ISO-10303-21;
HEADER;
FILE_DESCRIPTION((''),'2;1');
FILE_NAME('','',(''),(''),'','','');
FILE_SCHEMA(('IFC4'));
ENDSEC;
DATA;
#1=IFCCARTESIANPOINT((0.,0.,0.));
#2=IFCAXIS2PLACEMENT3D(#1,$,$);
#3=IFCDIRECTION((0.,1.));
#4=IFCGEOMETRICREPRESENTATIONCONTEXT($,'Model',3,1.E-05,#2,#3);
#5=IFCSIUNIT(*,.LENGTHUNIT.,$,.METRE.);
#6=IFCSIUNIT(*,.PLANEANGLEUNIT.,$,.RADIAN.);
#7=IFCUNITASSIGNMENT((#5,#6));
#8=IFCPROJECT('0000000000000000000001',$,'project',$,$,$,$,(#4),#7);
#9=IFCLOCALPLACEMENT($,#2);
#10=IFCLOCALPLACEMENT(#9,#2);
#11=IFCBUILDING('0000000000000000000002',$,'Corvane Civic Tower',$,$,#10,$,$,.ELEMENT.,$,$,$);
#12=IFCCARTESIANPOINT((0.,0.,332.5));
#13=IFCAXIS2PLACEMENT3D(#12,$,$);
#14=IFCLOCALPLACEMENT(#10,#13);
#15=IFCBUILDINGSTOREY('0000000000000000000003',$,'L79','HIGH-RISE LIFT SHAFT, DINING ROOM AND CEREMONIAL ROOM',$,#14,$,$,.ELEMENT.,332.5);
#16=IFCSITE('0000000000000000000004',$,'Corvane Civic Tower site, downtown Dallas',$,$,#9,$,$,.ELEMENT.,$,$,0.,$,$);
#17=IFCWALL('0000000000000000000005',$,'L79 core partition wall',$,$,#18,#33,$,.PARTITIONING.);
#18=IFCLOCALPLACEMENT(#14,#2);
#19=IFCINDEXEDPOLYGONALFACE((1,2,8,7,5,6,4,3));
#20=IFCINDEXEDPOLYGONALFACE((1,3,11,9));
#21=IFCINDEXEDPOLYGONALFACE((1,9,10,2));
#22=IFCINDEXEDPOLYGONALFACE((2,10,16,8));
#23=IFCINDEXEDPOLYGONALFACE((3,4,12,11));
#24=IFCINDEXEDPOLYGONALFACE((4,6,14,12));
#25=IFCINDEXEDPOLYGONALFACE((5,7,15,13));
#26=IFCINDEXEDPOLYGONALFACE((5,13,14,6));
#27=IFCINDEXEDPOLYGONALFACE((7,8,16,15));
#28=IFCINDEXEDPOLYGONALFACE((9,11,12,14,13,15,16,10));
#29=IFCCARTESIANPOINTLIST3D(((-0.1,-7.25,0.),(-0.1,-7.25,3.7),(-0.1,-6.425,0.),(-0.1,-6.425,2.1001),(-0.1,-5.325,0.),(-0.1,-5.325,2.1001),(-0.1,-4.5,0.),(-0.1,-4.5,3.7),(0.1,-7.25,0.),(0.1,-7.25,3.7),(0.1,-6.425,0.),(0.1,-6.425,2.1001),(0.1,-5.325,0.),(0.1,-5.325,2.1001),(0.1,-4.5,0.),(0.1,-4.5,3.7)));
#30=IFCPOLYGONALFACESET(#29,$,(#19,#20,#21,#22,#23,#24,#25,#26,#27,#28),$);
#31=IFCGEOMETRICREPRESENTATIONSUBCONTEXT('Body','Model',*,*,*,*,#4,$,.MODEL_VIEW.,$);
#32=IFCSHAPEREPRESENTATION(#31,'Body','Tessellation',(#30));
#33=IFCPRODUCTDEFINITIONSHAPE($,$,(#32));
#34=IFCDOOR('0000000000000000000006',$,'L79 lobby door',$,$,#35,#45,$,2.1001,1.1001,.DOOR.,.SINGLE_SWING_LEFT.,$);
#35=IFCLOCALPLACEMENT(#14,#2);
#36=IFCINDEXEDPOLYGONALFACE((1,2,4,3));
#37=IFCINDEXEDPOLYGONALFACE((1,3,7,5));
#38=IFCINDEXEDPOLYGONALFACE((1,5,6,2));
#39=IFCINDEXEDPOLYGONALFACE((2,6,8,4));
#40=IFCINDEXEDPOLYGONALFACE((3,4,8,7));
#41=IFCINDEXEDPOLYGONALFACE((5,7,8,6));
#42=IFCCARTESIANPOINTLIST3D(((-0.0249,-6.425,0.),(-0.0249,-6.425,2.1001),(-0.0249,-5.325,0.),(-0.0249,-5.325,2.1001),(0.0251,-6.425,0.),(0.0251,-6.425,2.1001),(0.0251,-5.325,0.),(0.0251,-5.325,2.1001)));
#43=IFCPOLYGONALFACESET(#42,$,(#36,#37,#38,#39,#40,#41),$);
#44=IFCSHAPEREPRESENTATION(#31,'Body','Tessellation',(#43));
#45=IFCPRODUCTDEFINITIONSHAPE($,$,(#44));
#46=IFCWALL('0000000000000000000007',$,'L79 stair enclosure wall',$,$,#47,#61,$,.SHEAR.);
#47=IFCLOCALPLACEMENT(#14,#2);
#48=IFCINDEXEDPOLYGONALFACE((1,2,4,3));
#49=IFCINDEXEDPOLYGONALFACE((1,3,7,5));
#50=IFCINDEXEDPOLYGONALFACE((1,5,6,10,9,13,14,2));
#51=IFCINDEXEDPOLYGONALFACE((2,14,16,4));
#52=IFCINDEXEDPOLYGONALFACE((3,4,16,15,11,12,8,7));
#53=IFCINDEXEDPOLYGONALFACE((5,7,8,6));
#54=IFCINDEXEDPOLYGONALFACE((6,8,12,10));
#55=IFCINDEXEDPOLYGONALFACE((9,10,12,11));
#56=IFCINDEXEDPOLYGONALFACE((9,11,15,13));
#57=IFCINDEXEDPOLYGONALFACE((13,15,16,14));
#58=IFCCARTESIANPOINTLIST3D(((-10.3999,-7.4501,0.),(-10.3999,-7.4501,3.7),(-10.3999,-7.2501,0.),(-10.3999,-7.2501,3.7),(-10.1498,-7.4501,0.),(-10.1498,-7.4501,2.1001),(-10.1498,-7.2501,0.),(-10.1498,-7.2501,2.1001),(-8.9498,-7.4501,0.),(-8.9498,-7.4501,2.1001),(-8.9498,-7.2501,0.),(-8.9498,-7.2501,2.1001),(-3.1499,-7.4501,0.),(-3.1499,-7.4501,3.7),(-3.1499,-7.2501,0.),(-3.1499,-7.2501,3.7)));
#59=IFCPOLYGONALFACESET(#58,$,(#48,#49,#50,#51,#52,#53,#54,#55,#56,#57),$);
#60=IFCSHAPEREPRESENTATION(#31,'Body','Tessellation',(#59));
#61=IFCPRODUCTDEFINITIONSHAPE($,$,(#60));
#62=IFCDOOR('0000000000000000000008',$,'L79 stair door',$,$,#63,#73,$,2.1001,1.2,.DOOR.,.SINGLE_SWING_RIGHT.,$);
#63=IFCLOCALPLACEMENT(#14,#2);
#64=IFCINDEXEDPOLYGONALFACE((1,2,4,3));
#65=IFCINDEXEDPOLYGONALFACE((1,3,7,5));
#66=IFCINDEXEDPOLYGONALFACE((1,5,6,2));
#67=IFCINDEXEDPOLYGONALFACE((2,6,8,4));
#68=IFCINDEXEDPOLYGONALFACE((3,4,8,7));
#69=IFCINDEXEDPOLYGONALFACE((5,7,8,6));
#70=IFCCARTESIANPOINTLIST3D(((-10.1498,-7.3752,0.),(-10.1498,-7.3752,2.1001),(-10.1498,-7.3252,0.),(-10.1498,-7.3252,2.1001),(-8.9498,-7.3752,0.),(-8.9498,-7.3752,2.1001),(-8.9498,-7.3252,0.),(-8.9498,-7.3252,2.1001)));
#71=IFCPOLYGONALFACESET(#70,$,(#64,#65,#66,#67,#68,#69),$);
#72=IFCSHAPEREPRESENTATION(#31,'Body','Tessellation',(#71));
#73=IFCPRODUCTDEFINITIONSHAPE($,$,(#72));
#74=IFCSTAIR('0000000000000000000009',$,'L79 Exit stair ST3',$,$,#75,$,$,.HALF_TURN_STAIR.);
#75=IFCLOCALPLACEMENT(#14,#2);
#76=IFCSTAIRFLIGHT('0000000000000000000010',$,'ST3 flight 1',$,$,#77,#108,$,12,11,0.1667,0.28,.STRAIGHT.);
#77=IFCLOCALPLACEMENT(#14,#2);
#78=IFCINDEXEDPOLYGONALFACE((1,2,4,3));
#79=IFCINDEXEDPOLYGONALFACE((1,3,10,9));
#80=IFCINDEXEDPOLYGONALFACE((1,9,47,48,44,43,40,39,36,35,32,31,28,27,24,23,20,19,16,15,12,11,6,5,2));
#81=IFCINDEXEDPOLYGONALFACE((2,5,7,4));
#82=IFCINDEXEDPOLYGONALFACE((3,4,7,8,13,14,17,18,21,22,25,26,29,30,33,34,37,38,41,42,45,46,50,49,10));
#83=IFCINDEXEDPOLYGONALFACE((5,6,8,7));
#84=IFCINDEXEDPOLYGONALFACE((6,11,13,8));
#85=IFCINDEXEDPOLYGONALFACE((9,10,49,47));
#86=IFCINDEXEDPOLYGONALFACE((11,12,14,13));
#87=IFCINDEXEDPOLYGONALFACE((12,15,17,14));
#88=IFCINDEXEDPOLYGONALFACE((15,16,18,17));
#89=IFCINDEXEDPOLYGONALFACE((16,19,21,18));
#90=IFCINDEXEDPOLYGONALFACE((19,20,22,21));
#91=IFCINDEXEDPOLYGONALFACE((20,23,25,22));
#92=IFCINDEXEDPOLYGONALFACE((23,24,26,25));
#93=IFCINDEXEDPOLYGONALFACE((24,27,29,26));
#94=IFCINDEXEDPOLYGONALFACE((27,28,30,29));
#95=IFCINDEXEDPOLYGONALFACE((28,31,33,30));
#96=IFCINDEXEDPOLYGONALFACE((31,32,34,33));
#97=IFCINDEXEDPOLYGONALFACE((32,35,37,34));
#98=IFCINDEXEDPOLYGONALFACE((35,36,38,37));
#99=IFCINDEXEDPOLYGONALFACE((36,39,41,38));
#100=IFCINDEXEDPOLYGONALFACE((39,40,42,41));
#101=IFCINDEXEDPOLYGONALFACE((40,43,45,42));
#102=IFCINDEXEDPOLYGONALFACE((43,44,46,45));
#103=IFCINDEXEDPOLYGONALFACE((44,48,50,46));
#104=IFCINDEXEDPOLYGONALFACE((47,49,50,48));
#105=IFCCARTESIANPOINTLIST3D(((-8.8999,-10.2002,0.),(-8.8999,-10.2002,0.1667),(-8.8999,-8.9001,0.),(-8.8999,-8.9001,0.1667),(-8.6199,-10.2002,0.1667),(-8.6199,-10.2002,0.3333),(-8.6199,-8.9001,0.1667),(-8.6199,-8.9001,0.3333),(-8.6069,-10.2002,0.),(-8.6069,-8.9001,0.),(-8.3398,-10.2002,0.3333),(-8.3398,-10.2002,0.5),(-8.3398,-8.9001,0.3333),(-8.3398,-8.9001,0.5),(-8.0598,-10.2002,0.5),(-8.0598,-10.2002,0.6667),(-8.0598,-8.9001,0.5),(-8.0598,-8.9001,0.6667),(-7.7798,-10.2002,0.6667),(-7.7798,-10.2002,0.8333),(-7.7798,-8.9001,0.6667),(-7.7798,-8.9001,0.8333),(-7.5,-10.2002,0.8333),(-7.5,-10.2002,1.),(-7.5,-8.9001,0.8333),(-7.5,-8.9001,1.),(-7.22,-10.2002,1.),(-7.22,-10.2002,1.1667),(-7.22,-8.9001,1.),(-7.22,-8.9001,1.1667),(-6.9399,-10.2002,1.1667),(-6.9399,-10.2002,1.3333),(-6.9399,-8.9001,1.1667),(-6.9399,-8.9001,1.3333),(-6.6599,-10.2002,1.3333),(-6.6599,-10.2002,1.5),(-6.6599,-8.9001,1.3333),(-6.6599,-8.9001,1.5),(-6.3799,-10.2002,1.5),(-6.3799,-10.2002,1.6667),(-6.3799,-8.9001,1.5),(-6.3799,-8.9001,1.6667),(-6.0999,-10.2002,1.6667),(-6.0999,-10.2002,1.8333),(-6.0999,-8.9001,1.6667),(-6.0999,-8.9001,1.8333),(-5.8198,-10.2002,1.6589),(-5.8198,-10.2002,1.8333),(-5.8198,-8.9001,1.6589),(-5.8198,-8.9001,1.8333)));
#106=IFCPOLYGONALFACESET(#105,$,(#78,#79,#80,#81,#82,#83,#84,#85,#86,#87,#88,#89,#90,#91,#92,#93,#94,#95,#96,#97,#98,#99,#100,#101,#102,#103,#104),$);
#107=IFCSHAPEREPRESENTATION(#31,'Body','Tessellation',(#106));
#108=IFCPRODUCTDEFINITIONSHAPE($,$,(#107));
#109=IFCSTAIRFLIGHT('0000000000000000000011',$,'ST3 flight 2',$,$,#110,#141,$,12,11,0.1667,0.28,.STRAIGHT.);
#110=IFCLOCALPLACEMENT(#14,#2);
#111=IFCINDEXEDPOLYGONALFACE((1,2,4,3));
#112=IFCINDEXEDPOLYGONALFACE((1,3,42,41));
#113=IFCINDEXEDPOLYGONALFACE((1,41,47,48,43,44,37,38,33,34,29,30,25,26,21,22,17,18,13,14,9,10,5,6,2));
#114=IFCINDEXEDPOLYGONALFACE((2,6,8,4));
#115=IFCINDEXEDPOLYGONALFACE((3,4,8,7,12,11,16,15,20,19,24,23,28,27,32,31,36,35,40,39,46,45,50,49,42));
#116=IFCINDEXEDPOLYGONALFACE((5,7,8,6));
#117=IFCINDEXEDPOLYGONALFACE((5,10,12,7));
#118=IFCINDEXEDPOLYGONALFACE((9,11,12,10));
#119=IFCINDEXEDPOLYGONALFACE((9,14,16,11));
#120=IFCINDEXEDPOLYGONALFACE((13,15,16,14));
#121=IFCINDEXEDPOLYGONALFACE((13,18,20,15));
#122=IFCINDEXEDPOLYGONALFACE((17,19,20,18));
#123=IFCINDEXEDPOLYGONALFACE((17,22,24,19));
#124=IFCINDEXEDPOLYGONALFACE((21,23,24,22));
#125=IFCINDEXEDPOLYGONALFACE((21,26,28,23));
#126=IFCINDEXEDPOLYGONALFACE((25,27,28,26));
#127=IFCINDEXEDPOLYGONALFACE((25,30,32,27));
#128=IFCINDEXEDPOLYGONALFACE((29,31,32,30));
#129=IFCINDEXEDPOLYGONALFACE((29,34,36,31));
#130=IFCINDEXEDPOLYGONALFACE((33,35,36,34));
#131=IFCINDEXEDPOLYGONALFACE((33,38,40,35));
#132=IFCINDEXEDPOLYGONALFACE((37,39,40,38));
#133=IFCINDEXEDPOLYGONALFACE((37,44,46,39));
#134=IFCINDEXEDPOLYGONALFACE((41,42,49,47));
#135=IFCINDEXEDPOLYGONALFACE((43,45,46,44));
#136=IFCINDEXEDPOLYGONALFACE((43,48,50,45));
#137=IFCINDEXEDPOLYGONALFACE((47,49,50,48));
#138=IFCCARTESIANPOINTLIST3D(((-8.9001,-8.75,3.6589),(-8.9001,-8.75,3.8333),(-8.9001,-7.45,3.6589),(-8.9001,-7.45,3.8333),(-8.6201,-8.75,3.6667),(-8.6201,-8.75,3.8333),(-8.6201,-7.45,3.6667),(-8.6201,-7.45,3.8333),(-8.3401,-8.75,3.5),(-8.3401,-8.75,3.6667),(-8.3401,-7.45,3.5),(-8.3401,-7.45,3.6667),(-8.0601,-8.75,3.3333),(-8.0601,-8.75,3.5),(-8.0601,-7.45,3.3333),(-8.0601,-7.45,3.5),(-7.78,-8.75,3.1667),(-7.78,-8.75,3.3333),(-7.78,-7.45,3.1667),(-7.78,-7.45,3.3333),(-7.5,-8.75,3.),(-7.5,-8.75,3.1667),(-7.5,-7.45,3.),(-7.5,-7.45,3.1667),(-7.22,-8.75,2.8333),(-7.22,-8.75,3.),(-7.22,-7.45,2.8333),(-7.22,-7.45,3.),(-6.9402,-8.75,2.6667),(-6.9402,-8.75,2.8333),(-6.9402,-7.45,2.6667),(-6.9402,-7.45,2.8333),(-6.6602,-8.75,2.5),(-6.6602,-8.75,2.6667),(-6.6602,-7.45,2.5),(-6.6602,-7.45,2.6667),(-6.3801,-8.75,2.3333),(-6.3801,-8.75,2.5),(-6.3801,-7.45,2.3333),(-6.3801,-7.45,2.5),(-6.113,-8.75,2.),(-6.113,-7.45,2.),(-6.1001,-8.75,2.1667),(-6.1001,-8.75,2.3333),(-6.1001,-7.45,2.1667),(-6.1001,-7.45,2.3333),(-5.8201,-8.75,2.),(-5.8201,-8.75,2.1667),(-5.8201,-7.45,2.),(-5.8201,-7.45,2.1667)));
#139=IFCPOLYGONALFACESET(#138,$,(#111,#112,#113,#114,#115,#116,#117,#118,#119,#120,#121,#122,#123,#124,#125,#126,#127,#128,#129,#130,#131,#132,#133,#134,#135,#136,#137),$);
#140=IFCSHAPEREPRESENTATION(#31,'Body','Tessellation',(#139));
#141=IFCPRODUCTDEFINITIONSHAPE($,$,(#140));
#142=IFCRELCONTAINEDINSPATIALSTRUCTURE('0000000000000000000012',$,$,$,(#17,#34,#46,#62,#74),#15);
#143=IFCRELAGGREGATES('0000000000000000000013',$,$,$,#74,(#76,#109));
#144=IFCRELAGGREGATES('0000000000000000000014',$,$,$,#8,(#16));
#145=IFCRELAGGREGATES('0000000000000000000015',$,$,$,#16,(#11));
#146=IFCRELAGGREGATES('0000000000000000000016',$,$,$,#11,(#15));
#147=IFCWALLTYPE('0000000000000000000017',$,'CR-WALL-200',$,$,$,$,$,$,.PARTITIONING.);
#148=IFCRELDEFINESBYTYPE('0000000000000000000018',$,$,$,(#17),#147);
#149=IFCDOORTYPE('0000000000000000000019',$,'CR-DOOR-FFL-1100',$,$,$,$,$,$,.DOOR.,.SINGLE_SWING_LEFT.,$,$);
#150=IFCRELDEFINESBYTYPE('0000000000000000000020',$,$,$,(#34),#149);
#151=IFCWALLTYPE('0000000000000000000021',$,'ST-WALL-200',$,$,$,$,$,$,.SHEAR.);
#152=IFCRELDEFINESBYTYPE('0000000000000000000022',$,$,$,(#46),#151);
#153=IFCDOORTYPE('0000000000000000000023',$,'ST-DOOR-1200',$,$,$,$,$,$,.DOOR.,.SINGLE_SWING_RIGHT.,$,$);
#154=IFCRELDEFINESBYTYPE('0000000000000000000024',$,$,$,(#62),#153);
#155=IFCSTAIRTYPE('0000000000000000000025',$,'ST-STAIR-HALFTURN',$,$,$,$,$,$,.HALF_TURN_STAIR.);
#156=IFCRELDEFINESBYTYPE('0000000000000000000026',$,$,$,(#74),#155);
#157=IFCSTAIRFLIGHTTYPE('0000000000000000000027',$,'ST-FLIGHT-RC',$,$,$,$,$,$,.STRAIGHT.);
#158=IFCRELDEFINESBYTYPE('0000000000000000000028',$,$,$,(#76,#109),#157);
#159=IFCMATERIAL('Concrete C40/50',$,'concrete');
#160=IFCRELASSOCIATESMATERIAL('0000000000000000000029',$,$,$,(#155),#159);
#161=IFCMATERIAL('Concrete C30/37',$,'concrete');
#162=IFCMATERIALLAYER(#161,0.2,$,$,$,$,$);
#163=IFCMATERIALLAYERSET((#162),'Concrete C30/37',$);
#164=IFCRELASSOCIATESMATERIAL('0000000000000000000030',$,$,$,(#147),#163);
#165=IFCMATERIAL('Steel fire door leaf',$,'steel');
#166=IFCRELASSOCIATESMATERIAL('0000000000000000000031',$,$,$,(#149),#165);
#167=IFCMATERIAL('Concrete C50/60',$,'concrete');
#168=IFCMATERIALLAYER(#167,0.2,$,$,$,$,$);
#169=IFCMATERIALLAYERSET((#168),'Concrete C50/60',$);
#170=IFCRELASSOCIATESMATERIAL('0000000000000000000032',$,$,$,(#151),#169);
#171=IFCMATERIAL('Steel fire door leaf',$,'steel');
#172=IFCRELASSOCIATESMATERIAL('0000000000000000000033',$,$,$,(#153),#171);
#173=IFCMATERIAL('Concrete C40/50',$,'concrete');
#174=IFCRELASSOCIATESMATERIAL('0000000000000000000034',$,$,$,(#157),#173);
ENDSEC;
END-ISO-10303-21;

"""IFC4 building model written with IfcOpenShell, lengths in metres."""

from ifc_helpers import new_model, si_unit, direction, frame, frame_2d, origin, place, context, subcontext, project, spatial, polyline, rectangle, outline, extrude, material, layer, layer_set, type_object, element, fill, aggregate, save


model = new_model("IFC4")

# Units and contexts
model_context = context("Model", 3, precision=1e-05, world=origin(), true_north=direction((0.0, 1.0)))
body_context = subcontext(model_context, "Body", "Model", "MODEL_VIEW")
ifc_project = project(units=[si_unit("LENGTHUNIT", "METRE"), si_unit("PLANEANGLEUNIT", "RADIAN")], contexts=[model_context])

# Site, building, storey
site_placement = place(None, origin())
site = spatial("IfcSite", under=ifc_project, at=site_placement, Name="Corvane Civic Tower site, downtown Dallas", CompositionType="ELEMENT", RefElevation=0.0)
building_placement = place(site_placement, origin())
building = spatial("IfcBuilding", under=site, at=building_placement, Name="Corvane Civic Tower", CompositionType="ELEMENT")
storey_placement = place(building_placement, frame((0.0, 0.0, 332.5)))
storey = spatial("IfcBuildingStorey", under=building, at=storey_placement, Name="L79", Description="HIGH-RISE LIFT SHAFT, DINING ROOM AND CEREMONIAL ROOM", CompositionType="ELEMENT", Elevation=332.5)

# Shared definitions
ifc_material_1 = material(Name="Concrete C40/50", Category="concrete")
stair_type = type_object("IfcStairType", Name="ST-STAIR-HALFTURN", PredefinedType="HALF_TURN_STAIR", material=ifc_material_1)

# Shared definitions
ifc_material_2 = material(Name="Concrete C30/37", Category="concrete")
ifc_layer_1 = layer(ifc_material_2, 0.2)
ifc_layer_set_1 = layer_set([ifc_layer_1], Name="Concrete C30/37")
wall_type_1 = type_object("IfcWallType", Name="CR-WALL-200", PredefinedType="PARTITIONING", material=ifc_layer_set_1)

# Walls, openings, doors
ifc_material_3 = material(Name="Steel fire door leaf", Category="steel")
door_type_1 = type_object("IfcDoorType", Name="CR-DOOR-FFL-1100", OperationType="SINGLE_SWING_LEFT", PredefinedType="DOOR", material=ifc_material_3)
wall_1_placement = place(storey_placement, frame((0.0, -7.25, 0.0), z_axis=(0.0, 0.0, 1.0), x_axis=(0.0, 1.0, 0.0)))
wall_1 = element("IfcWall", 1, at=wall_1_placement, inside=storey, type_object=wall_type_1, Name="L79 core partition wall", PredefinedType="PARTITIONING", context=body_context, shape_type="SweptSolid", body=[
    extrude(rectangle(XDim=2.75, YDim=0.2, at=frame_2d((1.375, 0.0))), origin(), (0.0, 0.0, 1.0), 3.7),
])
opening_1_placement = place(wall_1_placement, frame((0.825, 0.0, 0.0)))
opening_1 = element("IfcOpeningElement", 2, at=opening_1_placement, cuts=wall_1, PredefinedType="OPENING", context=body_context, shape_type="SweptSolid", body=[
    extrude(rectangle(XDim=1.1001, YDim=2.1001, at=frame_2d((0.55, 1.05))), frame((0.0, 0.1099, 0.0), z_axis=(0.0, -1.0, 0.0), x_axis=(1.0, 0.0, 0.0)), (0.0, 0.0, 1.0), 0.22),
])
door_1_placement = place(opening_1_placement, origin())
door_1 = element("IfcDoor", 3, at=door_1_placement, inside=storey, type_object=door_type_1, Name="L79 lobby door", OperationType="SINGLE_SWING_LEFT", OverallHeight=2.1001, OverallWidth=1.1001, PredefinedType="DOOR", context=body_context, shape_type="SweptSolid", body=[
    extrude(rectangle(XDim=1.1001, YDim=2.1001, at=frame_2d((0.55, 1.05))), frame((0.0, 0.0249, 0.0), z_axis=(0.0, -1.0, 0.0), x_axis=(1.0, 0.0, 0.0)), (0.0, 0.0, 1.0), 0.05),
])
fill(opening_1, door_1)
ifc_material_4 = material(Name="Concrete C50/60", Category="concrete")
ifc_layer_2 = layer(ifc_material_4, 0.2)
ifc_layer_set_2 = layer_set([ifc_layer_2], Name="Concrete C50/60")
wall_type_2 = type_object("IfcWallType", Name="ST-WALL-200", PredefinedType="SHEAR", material=ifc_layer_set_2)
wall_2_placement = place(storey_placement, frame((-10.3999, -7.3501, 0.0), z_axis=(0.0, 0.0, 1.0), x_axis=(1.0, 0.0, 0.0)))
wall_2 = element("IfcWall", 4, at=wall_2_placement, inside=storey, type_object=wall_type_2, Name="L79 stair enclosure wall", PredefinedType="SHEAR", context=body_context, shape_type="SweptSolid", body=[
    extrude(rectangle(XDim=7.25, YDim=0.2, at=frame_2d((3.625, 0.0))), origin(), (0.0, 0.0, 1.0), 3.7),
])
opening_2_placement = place(wall_2_placement, frame((0.25, 0.0, 0.0)))
opening_2 = element("IfcOpeningElement", 5, at=opening_2_placement, cuts=wall_2, PredefinedType="OPENING", context=body_context, shape_type="SweptSolid", body=[
    extrude(rectangle(XDim=1.2, YDim=2.1001, at=frame_2d((0.6001, 1.05))), frame((0.0, 0.1099, 0.0), z_axis=(0.0, -1.0, 0.0), x_axis=(1.0, 0.0, 0.0)), (0.0, 0.0, 1.0), 0.22),
])
ifc_material_5 = material(Name="Steel fire door leaf", Category="steel")
door_type_2 = type_object("IfcDoorType", Name="ST-DOOR-1200", OperationType="SINGLE_SWING_RIGHT", PredefinedType="DOOR", material=ifc_material_5)
door_2_placement = place(opening_2_placement, origin())
door_2 = element("IfcDoor", 6, at=door_2_placement, inside=storey, type_object=door_type_2, Name="L79 stair door", OperationType="SINGLE_SWING_RIGHT", OverallHeight=2.1001, OverallWidth=1.2, PredefinedType="DOOR", context=body_context, shape_type="SweptSolid", body=[
    extrude(rectangle(XDim=1.2, YDim=2.1001, at=frame_2d((0.6001, 1.05))), frame((0.0, 0.0249, 0.0), z_axis=(0.0, -1.0, 0.0), x_axis=(1.0, 0.0, 0.0)), (0.0, 0.0, 1.0), 0.05),
])
fill(opening_2, door_2)

# Stair, stair flights
stair_1_placement = place(storey_placement, origin())
stair_1 = element("IfcStair", 7, at=stair_1_placement, inside=storey, type_object=stair_type, Name="L79 Exit stair ST3", PredefinedType="HALF_TURN_STAIR")
ifc_material_6 = material(Name="Concrete C40/50", Category="concrete")
stair_flight_type = type_object("IfcStairFlightType", Name="ST-FLIGHT-RC", PredefinedType="STRAIGHT", material=ifc_material_6)
stair_flight_1_placement = place(storey_placement, frame((-8.8999, -9.55, 0.0), z_axis=(0.0, 0.0, 1.0), x_axis=(1.0, 0.0, 0.0)))
stair_flight_1 = element("IfcStairFlight", 8, at=stair_flight_1_placement, type_object=stair_flight_type, Name="ST3 flight 1", NumberOfRisers=12, NumberOfTreads=11, PredefinedType="STRAIGHT", RiserHeight=0.1667, TreadLength=0.28, context=body_context, shape_type="SweptSolid", body=[
    extrude(outline(polyline([(0.0, 0.0), (0.0, 0.1667), (0.28, 0.1667), (0.28, 0.3333), (0.5601, 0.3333), (0.5601, 0.5), (0.8401, 0.5), (0.8401, 0.6667), (1.1201, 0.6667), (1.1201, 0.8333), (1.3999, 0.8333), (1.3999, 1.0), (1.6799, 1.0), (1.6799, 1.1667), (1.96, 1.1667), (1.96, 1.3333), (2.24, 1.3333), (2.24, 1.5), (2.52, 1.5), (2.52, 1.6667), (2.8, 1.6667), (2.8, 1.8333), (3.0801, 1.8333), (3.0801, 2.0), (3.0801, 1.6589), (0.293, 0.0), (0.0, 0.0)])), frame((0.0, 0.6499, 0.0), z_axis=(0.0, -1.0, 0.0), x_axis=(1.0, 0.0, 0.0)), (0.0, 0.0, 1.0), 1.3),
])
stair_flight_2_placement = place(storey_placement, frame((-5.8201, -8.1001, 2.0), z_axis=(0.0, 0.0, 1.0), x_axis=(-1.0, 0.0, 0.0)))
stair_flight_2 = element("IfcStairFlight", 9, at=stair_flight_2_placement, type_object=stair_flight_type, Name="ST3 flight 2", NumberOfRisers=12, NumberOfTreads=11, PredefinedType="STRAIGHT", RiserHeight=0.1667, TreadLength=0.28, context=body_context, shape_type="SweptSolid", body=[
    extrude(outline(polyline([(0.0, 0.0), (0.0, 0.1667), (0.28, 0.1667), (0.28, 0.3333), (0.5601, 0.3333), (0.5601, 0.5), (0.8401, 0.5), (0.8401, 0.6667), (1.1201, 0.6667), (1.1201, 0.8333), (1.3999, 0.8333), (1.3999, 1.0), (1.6799, 1.0), (1.6799, 1.1667), (1.96, 1.1667), (1.96, 1.3333), (2.24, 1.3333), (2.24, 1.5), (2.52, 1.5), (2.52, 1.6667), (2.8, 1.6667), (2.8, 1.8333), (3.0801, 1.8333), (3.0801, 2.0), (3.0801, 1.6589), (0.293, 0.0), (0.0, 0.0)])), frame((0.0, 0.6499, 0.0), z_axis=(0.0, -1.0, 0.0), x_axis=(1.0, 0.0, 0.0)), (0.0, 0.0, 1.0), 1.3),
])
aggregate(stair_1, [stair_flight_1, stair_flight_2])

save(model, "model.ifc")
